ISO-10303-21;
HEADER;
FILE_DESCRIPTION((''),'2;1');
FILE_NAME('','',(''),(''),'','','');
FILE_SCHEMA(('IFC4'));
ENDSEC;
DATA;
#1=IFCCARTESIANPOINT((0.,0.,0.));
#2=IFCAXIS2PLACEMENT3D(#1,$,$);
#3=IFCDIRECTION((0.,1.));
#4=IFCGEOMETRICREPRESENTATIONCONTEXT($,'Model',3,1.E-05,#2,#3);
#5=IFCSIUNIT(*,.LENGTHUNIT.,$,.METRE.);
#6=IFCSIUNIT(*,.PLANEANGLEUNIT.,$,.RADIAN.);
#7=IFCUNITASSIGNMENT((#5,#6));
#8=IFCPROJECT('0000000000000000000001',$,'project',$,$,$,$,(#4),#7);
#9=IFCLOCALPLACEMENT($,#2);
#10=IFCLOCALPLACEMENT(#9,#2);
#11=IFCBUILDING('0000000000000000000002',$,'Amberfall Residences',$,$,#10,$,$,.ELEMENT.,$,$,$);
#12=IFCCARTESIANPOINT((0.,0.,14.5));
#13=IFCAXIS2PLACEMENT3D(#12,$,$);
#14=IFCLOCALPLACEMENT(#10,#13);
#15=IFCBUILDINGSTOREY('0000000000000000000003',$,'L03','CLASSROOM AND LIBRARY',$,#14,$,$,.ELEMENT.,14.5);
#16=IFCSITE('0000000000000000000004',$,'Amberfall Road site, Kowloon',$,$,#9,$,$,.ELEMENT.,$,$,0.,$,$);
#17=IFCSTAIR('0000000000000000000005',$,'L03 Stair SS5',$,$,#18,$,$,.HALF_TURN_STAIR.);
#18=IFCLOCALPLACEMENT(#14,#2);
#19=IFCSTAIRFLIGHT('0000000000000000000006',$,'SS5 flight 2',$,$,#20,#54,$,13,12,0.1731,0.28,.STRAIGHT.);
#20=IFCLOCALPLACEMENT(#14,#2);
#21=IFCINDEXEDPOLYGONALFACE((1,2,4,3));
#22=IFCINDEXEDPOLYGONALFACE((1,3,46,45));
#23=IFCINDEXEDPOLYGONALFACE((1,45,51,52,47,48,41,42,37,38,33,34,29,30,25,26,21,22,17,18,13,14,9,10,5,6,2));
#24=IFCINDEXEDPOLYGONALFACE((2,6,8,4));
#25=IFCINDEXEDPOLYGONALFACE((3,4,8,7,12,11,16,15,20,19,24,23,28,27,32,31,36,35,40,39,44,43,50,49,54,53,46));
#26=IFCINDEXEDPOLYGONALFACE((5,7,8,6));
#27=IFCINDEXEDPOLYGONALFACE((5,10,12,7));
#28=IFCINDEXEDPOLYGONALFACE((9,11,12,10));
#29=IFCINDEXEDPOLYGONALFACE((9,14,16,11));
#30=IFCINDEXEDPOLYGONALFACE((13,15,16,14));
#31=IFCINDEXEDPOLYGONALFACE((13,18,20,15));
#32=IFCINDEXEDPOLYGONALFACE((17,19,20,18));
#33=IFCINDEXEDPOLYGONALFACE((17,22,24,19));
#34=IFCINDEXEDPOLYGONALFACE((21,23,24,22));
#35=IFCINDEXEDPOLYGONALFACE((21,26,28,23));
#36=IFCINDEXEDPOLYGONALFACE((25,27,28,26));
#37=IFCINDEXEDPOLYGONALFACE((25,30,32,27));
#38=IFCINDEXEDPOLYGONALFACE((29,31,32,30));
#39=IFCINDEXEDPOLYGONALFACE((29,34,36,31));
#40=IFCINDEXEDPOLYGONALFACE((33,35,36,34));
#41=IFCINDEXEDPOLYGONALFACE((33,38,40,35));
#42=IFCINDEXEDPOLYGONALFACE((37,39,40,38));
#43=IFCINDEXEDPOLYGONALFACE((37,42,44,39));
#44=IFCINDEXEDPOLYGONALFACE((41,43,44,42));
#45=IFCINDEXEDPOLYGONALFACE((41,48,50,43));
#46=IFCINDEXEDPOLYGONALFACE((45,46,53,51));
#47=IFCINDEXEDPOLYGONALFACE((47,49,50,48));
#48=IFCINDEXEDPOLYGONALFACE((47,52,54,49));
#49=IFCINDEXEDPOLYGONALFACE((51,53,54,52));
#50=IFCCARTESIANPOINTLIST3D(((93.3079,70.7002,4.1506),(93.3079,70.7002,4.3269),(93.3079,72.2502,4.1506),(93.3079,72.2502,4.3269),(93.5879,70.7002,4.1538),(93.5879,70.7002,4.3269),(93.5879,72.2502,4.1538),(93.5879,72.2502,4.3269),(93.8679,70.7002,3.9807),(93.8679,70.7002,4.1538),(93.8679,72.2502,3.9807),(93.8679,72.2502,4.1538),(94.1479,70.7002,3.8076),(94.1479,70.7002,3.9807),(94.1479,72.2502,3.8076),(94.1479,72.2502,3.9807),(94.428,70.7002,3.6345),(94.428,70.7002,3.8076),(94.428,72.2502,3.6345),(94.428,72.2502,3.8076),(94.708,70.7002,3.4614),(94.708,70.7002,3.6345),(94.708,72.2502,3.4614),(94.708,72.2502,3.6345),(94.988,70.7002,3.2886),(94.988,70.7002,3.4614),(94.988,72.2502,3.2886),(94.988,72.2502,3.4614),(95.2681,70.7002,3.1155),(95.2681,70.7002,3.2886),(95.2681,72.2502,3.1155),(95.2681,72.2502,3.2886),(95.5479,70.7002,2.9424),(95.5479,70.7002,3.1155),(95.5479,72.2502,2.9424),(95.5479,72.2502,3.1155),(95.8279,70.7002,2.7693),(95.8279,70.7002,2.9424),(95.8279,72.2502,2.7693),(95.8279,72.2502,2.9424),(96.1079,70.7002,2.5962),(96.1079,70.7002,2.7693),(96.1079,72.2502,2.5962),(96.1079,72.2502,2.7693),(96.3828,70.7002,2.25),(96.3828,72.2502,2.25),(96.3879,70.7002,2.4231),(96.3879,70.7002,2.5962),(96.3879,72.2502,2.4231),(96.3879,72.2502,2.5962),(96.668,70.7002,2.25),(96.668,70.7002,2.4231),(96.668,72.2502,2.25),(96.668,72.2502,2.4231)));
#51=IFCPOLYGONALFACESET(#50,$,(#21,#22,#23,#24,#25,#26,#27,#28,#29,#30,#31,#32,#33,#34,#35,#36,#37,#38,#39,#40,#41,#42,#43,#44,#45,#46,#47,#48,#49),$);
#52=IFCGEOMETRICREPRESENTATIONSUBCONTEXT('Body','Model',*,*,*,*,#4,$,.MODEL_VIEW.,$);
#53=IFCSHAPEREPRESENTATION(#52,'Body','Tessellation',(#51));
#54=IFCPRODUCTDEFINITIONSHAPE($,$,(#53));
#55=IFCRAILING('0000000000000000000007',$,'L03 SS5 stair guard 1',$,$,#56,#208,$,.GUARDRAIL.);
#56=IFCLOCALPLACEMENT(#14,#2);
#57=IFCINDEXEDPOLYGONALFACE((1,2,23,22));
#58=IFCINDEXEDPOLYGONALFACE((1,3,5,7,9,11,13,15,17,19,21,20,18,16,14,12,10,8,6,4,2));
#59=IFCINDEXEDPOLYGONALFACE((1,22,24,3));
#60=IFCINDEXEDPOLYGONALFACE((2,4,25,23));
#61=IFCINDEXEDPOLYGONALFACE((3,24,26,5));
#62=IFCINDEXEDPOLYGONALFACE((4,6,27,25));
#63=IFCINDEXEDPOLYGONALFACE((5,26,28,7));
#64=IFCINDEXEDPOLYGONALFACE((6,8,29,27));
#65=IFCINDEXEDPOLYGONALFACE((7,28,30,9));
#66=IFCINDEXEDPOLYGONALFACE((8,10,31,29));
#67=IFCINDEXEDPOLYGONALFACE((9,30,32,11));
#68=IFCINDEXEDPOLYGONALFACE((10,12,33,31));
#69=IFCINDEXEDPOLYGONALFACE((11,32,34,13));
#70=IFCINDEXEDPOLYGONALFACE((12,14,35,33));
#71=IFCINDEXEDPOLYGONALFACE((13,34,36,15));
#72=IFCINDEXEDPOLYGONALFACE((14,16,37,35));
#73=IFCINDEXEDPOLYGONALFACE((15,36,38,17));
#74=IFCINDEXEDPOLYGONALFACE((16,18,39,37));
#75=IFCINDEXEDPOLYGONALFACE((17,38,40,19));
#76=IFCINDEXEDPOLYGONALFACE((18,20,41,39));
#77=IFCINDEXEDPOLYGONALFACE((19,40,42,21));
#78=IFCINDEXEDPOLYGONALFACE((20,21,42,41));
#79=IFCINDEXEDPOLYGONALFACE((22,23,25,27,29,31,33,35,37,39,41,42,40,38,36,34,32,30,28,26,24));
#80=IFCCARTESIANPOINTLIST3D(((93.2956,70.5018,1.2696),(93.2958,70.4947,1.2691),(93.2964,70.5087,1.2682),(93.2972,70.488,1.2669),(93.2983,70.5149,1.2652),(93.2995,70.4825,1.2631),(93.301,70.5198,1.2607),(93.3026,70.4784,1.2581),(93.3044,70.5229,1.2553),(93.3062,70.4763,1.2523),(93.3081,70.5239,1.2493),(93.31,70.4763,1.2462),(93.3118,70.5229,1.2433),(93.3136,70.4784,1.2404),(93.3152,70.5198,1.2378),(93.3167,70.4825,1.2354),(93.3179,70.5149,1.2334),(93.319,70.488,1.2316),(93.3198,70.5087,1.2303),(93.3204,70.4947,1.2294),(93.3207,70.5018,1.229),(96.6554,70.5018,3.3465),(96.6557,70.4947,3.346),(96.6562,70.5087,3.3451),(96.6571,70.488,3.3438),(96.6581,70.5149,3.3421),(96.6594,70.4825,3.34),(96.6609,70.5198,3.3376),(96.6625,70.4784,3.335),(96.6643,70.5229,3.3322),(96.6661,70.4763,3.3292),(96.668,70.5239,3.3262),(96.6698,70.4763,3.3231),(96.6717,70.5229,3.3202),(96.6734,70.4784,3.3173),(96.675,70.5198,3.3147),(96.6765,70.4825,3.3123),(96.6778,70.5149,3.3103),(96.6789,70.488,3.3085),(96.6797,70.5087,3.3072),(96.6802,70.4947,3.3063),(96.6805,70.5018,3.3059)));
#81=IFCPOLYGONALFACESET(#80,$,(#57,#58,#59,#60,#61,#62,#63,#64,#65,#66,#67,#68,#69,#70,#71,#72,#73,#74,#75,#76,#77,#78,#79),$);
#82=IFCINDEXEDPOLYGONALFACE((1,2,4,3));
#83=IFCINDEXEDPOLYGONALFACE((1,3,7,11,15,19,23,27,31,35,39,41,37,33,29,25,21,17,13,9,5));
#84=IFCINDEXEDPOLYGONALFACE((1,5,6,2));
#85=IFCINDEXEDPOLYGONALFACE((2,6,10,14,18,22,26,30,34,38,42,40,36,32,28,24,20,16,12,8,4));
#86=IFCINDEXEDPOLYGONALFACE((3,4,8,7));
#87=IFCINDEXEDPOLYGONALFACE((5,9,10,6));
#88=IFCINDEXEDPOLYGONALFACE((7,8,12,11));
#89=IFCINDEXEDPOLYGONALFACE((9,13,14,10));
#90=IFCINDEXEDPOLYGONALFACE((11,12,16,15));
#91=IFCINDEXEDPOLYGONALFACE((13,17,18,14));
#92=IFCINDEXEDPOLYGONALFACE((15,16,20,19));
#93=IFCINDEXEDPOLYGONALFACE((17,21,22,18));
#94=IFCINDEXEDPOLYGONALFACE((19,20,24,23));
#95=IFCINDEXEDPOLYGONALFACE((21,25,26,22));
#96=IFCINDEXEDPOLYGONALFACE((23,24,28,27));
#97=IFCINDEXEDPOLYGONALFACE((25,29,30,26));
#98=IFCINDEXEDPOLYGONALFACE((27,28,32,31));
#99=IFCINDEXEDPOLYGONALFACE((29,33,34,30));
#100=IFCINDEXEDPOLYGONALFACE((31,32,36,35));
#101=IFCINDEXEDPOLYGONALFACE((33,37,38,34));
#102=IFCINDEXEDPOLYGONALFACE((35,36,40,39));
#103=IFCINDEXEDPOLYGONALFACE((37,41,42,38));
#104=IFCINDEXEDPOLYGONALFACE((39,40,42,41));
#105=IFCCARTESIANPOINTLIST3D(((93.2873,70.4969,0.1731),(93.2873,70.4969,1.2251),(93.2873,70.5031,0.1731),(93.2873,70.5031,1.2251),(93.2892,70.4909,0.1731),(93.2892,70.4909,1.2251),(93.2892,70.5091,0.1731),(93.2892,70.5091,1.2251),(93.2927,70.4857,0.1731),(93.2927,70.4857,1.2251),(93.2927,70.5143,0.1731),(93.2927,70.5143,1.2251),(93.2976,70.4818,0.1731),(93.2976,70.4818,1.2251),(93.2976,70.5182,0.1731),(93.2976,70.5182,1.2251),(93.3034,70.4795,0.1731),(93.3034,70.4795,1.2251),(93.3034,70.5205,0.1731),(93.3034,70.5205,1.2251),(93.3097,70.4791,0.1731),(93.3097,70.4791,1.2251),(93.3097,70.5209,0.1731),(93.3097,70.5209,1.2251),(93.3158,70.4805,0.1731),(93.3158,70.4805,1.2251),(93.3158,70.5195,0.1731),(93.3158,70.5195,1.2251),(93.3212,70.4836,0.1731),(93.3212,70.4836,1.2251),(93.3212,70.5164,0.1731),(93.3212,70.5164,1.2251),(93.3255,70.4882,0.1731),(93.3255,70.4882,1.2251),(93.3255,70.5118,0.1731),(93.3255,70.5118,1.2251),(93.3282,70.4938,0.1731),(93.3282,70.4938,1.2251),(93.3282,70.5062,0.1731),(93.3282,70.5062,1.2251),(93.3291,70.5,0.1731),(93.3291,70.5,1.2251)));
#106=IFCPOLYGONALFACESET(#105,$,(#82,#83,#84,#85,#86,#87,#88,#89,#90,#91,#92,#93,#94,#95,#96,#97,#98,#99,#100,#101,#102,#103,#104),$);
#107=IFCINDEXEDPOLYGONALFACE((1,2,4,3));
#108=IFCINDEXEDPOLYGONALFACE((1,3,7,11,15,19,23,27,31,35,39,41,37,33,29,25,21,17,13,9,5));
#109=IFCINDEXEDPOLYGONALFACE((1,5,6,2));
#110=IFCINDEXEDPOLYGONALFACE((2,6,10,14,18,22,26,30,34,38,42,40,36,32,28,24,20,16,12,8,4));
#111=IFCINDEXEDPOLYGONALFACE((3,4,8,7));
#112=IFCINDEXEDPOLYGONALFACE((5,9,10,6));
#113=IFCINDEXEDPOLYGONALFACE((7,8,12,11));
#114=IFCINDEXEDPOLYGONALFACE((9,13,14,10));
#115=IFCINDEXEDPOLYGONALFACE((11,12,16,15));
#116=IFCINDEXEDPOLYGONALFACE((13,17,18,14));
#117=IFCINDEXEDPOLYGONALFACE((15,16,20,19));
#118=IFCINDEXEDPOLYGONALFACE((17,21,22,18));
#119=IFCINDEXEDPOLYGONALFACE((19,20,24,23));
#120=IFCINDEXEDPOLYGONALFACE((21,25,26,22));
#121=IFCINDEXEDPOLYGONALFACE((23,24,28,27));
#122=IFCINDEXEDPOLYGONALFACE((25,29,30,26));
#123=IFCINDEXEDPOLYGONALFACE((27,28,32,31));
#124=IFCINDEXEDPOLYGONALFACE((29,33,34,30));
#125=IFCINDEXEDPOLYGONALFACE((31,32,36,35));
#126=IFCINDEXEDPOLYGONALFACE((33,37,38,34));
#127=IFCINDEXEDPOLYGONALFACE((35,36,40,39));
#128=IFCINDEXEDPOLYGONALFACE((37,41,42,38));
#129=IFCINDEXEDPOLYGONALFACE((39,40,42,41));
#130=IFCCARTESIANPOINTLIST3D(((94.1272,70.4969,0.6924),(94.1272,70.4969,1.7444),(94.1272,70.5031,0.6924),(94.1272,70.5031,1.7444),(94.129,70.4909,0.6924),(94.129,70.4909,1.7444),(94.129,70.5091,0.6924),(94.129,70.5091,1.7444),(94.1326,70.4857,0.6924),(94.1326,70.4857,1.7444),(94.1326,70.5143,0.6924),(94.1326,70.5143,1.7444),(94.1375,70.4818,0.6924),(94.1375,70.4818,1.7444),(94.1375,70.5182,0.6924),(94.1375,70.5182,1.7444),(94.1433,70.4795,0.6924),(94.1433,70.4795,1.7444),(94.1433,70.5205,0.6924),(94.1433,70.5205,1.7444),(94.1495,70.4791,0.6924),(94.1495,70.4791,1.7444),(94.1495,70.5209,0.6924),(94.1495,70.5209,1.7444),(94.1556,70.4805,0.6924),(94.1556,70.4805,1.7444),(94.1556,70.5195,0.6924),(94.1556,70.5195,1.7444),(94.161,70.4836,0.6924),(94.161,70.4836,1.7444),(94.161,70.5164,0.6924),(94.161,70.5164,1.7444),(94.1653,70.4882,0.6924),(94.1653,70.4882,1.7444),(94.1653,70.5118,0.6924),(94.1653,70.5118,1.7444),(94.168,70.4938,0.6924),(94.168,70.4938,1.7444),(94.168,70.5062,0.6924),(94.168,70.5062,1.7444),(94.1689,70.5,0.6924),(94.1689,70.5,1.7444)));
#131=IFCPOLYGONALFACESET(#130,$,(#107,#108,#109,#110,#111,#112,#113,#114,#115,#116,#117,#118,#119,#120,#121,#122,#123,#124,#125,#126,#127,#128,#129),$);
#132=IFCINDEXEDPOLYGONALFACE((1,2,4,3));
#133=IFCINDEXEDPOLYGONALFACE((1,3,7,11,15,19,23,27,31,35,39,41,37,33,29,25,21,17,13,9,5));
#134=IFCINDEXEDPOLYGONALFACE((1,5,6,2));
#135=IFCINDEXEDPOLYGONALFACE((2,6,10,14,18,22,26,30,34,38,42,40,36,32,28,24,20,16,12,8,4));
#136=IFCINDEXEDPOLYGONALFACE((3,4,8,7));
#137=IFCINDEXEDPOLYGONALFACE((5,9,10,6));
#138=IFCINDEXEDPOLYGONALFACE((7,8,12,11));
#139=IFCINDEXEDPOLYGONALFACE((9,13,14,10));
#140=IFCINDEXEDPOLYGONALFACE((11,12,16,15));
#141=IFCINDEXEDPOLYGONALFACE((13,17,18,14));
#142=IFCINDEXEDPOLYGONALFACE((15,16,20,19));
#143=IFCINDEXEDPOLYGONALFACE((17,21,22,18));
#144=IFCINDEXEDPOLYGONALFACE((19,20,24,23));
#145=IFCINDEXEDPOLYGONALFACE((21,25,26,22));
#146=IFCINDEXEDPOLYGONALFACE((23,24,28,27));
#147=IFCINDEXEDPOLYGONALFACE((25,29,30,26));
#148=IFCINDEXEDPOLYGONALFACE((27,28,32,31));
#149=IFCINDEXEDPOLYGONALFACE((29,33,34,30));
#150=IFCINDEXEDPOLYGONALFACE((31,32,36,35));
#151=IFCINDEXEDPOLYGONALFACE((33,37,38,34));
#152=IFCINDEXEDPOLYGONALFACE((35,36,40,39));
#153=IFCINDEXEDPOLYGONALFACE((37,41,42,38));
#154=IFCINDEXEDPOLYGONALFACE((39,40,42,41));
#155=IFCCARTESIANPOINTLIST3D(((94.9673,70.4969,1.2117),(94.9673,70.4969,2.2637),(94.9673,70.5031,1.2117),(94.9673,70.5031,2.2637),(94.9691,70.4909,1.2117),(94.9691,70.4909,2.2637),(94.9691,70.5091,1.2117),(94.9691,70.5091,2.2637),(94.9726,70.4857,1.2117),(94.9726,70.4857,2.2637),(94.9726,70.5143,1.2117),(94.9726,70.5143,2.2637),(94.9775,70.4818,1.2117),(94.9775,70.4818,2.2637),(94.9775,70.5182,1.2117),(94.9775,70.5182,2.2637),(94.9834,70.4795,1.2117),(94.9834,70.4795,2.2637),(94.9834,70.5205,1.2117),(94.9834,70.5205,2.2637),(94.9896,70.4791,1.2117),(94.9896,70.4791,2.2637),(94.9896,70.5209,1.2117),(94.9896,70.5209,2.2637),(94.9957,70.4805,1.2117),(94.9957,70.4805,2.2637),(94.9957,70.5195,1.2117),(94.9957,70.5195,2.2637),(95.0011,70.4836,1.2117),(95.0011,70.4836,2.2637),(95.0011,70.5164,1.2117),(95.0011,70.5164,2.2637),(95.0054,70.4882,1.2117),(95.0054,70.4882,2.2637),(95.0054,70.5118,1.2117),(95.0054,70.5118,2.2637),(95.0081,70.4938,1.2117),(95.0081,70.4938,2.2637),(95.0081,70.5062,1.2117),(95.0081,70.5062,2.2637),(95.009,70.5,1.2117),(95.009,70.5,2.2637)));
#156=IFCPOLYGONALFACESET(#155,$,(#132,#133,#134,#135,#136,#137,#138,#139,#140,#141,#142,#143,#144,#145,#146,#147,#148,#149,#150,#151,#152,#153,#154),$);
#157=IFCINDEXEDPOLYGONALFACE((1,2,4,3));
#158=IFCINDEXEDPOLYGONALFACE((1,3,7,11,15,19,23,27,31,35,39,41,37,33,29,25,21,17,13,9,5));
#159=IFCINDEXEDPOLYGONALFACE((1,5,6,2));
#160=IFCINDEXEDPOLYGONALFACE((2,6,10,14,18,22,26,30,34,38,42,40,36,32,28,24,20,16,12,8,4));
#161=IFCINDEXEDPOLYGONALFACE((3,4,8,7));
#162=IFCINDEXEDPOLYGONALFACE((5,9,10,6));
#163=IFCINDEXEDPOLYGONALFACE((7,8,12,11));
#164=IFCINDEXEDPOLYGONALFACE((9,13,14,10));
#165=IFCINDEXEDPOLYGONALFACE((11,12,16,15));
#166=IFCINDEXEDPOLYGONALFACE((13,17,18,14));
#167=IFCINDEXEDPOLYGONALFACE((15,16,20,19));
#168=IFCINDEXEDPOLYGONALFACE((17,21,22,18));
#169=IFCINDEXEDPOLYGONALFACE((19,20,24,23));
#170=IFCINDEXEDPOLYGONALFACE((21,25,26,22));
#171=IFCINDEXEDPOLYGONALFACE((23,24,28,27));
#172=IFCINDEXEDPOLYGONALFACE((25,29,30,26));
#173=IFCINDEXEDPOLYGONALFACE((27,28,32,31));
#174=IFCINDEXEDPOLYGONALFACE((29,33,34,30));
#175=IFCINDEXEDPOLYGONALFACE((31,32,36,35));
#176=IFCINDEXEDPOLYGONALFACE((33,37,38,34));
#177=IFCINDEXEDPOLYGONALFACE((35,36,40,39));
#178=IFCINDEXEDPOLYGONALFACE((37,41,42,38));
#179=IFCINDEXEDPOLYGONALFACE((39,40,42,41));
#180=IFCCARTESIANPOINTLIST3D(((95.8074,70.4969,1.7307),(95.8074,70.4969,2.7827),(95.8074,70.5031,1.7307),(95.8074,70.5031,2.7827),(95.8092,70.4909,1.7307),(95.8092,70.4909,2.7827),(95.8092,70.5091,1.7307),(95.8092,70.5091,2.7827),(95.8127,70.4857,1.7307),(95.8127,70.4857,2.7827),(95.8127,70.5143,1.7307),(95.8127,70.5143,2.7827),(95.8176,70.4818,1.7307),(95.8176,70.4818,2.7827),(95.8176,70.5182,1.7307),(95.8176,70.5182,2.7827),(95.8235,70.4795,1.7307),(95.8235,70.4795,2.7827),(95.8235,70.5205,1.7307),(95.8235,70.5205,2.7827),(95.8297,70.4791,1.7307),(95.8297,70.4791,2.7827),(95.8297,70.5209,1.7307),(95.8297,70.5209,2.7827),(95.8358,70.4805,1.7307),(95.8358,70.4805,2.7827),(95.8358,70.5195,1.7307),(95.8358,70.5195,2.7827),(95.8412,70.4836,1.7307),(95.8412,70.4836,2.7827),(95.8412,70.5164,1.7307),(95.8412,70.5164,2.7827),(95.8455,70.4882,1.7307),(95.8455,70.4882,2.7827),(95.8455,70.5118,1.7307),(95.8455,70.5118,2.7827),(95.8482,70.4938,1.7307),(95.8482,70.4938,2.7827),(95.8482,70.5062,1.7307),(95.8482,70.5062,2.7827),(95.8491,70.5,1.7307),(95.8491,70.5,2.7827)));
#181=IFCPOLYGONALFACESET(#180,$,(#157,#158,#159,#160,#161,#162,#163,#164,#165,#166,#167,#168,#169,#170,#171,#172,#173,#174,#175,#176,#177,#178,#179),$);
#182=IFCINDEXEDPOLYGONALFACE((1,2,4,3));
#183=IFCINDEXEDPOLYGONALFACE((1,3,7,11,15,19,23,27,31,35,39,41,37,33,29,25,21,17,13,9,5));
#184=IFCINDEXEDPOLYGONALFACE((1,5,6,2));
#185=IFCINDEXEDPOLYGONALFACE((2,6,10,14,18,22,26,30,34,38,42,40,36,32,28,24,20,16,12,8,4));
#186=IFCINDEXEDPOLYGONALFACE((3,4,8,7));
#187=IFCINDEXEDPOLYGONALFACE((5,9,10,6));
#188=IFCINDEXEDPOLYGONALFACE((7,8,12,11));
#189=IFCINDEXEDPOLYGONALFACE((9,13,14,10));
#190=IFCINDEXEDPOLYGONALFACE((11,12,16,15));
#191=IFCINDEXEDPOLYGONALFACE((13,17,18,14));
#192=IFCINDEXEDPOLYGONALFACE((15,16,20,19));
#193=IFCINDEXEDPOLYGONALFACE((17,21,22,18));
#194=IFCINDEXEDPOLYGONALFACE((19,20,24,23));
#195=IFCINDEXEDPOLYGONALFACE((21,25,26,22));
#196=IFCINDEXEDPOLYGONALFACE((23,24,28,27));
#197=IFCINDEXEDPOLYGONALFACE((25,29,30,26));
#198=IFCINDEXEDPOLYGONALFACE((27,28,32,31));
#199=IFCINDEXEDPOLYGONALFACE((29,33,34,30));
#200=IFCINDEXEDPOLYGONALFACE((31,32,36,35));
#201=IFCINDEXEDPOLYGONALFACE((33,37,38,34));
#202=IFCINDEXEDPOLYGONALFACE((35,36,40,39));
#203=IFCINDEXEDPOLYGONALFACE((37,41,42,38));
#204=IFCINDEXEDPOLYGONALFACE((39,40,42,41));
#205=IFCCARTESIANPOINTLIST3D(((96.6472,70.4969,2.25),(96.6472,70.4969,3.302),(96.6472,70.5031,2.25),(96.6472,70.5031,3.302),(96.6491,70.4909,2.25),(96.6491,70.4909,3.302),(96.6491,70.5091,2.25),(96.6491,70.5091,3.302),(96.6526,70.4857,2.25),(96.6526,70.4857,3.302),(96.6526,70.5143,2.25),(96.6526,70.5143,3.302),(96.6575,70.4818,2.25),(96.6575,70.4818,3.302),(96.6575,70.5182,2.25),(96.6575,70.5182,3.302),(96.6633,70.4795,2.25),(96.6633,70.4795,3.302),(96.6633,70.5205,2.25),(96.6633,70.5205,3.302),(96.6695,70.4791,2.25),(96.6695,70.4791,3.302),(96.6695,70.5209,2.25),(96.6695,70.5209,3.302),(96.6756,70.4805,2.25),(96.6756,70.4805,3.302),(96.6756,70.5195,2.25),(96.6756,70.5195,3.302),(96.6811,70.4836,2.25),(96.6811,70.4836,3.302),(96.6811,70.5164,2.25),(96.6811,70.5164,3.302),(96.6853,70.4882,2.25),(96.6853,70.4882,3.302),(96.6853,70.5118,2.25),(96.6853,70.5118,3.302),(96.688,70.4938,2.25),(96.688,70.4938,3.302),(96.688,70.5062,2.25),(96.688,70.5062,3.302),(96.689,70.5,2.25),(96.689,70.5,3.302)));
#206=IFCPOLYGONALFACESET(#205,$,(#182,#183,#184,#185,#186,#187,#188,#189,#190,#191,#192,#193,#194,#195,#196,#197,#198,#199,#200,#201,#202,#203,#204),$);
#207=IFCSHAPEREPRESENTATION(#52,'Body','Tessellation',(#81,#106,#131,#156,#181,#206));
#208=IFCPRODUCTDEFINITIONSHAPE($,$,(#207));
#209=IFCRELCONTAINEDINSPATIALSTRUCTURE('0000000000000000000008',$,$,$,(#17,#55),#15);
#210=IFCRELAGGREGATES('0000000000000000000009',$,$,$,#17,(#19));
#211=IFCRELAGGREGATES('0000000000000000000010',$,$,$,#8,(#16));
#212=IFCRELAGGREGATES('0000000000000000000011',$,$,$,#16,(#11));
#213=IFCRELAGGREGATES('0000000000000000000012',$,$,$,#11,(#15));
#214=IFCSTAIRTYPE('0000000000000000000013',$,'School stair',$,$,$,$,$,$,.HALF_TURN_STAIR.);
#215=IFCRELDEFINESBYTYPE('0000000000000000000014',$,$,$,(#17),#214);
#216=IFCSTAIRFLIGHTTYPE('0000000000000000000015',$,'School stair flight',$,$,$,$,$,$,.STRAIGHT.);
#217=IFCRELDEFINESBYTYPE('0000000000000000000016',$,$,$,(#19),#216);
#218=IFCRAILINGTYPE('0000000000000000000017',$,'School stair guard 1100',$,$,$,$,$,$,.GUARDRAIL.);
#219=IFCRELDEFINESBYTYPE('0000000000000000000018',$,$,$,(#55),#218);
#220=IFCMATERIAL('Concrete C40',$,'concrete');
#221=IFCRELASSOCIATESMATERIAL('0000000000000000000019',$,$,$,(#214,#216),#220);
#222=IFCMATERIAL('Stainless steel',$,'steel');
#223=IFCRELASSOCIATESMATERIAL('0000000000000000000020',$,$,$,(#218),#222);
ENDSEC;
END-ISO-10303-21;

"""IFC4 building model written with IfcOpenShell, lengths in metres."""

from ifc_helpers import new_model, si_unit, direction, frame, origin, origin_2d, place, context, subcontext, project, spatial, polyline, circle, outline, extrude, material, type_object, element, aggregate, save


model = new_model("IFC4")

# Units and contexts
model_context = context("Model", 3, precision=1e-05, world=origin(), true_north=direction((0.0, 1.0)))
body_context = subcontext(model_context, "Body", "Model", "MODEL_VIEW")
ifc_project = project(units=[si_unit("LENGTHUNIT", "METRE"), si_unit("PLANEANGLEUNIT", "RADIAN")], contexts=[model_context])

# Site, building, storey
site_placement = place(None, origin())
site = spatial("IfcSite", under=ifc_project, at=site_placement, Name="Amberfall Road site, Kowloon", CompositionType="ELEMENT", RefElevation=0.0)
building_placement = place(site_placement, origin())
building = spatial("IfcBuilding", under=site, at=building_placement, Name="Amberfall Residences", CompositionType="ELEMENT")
storey_placement = place(building_placement, frame((0.0, 0.0, 14.5)))
storey = spatial("IfcBuildingStorey", under=building, at=storey_placement, Name="L03", Description="CLASSROOM AND LIBRARY", CompositionType="ELEMENT", Elevation=14.5)

# Shared definitions
ifc_material_1 = material(Name="Concrete C40", Category="concrete")

# Stair, stair flight
stair_type = type_object("IfcStairType", Name="School stair", PredefinedType="HALF_TURN_STAIR", material=ifc_material_1)
stair_placement = place(storey_placement, origin())
stair = element("IfcStair", 1, at=stair_placement, inside=storey, type_object=stair_type, Name="L03 Stair SS5", PredefinedType="HALF_TURN_STAIR")
stair_flight_type = type_object("IfcStairFlightType", Name="School stair flight", PredefinedType="STRAIGHT", material=ifc_material_1)
stair_flight_1_placement = place(storey_placement, frame((96.668, 71.4751, 2.25), z_axis=(0.0, 0.0, 1.0), x_axis=(-1.0, 0.0, 0.0)))
stair_flight_1 = element("IfcStairFlight", 2, at=stair_flight_1_placement, type_object=stair_flight_type, Name="SS5 flight 2", NumberOfRisers=13, NumberOfTreads=12, PredefinedType="STRAIGHT", RiserHeight=0.1731, TreadLength=0.28, context=body_context, shape_type="SweptSolid", body=[
    extrude(outline(polyline([(0.0, 0.0), (0.0, 0.1731), (0.28, 0.1731), (0.28, 0.3462), (0.5601, 0.3462), (0.5601, 0.5193), (0.8401, 0.5193), (0.8401, 0.6924), (1.1201, 0.6924), (1.1201, 0.8655), (1.3999, 0.8655), (1.3999, 1.0386), (1.6799, 1.0386), (1.6799, 1.2114), (1.96, 1.2114), (1.96, 1.3845), (2.24, 1.3845), (2.24, 1.5576), (2.52, 1.5576), (2.52, 1.7307), (2.8, 1.7307), (2.8, 1.9038), (3.0801, 1.9038), (3.0801, 2.0769), (3.3601, 2.0769), (3.3601, 2.25), (3.3601, 1.9006), (0.2852, 0.0), (0.0, 0.0)])), frame((0.0, 0.7749, 0.0), z_axis=(0.0, -1.0, 0.0), x_axis=(1.0, 0.0, 0.0)), (0.0, 0.0, 1.0), 1.55),
])
aggregate(stair, [stair_flight_1])

# Railing
ifc_material_2 = material(Name="Stainless steel", Category="steel")
railing_type_1 = type_object("IfcRailingType", Name="School stair guard 1100", PredefinedType="GUARDRAIL", material=ifc_material_2)
railing_1_placement = place(storey_placement, frame((93.3081, 70.5, 0.1731)))
element("IfcRailing", 3, at=railing_1_placement, inside=storey, type_object=railing_type_1, Name="L03 SS5 stair guard 1", PredefinedType="GUARDRAIL", context=body_context, shape_type="SweptSolid", body=[
    extrude(circle(Radius=0.0239, at=origin_2d()), frame((0.0, 0.0, 1.0762), z_axis=(0.850606, 0.0, 0.525803), x_axis=(0.0, 1.0, 0.0)), (0.0, 0.0, 1.0), 3.95),
    extrude(circle(Radius=0.021, at=origin_2d()), origin(), (0.0, 0.0, 1.0), 1.052),
    extrude(circle(Radius=0.021, at=origin_2d()), frame((0.8398, 0.0, 0.5193)), (0.0, 0.0, 1.0), 1.052),
    extrude(circle(Radius=0.021, at=origin_2d()), frame((1.6799, 0.0, 1.0386)), (0.0, 0.0, 1.0), 1.052),
    extrude(circle(Radius=0.021, at=origin_2d()), frame((2.52, 0.0, 1.5576)), (0.0, 0.0, 1.0), 1.052),
    extrude(circle(Radius=0.021, at=origin_2d()), frame((3.3599, 0.0, 2.0769)), (0.0, 0.0, 1.0), 1.052),
])

save(model, "model.ifc")
